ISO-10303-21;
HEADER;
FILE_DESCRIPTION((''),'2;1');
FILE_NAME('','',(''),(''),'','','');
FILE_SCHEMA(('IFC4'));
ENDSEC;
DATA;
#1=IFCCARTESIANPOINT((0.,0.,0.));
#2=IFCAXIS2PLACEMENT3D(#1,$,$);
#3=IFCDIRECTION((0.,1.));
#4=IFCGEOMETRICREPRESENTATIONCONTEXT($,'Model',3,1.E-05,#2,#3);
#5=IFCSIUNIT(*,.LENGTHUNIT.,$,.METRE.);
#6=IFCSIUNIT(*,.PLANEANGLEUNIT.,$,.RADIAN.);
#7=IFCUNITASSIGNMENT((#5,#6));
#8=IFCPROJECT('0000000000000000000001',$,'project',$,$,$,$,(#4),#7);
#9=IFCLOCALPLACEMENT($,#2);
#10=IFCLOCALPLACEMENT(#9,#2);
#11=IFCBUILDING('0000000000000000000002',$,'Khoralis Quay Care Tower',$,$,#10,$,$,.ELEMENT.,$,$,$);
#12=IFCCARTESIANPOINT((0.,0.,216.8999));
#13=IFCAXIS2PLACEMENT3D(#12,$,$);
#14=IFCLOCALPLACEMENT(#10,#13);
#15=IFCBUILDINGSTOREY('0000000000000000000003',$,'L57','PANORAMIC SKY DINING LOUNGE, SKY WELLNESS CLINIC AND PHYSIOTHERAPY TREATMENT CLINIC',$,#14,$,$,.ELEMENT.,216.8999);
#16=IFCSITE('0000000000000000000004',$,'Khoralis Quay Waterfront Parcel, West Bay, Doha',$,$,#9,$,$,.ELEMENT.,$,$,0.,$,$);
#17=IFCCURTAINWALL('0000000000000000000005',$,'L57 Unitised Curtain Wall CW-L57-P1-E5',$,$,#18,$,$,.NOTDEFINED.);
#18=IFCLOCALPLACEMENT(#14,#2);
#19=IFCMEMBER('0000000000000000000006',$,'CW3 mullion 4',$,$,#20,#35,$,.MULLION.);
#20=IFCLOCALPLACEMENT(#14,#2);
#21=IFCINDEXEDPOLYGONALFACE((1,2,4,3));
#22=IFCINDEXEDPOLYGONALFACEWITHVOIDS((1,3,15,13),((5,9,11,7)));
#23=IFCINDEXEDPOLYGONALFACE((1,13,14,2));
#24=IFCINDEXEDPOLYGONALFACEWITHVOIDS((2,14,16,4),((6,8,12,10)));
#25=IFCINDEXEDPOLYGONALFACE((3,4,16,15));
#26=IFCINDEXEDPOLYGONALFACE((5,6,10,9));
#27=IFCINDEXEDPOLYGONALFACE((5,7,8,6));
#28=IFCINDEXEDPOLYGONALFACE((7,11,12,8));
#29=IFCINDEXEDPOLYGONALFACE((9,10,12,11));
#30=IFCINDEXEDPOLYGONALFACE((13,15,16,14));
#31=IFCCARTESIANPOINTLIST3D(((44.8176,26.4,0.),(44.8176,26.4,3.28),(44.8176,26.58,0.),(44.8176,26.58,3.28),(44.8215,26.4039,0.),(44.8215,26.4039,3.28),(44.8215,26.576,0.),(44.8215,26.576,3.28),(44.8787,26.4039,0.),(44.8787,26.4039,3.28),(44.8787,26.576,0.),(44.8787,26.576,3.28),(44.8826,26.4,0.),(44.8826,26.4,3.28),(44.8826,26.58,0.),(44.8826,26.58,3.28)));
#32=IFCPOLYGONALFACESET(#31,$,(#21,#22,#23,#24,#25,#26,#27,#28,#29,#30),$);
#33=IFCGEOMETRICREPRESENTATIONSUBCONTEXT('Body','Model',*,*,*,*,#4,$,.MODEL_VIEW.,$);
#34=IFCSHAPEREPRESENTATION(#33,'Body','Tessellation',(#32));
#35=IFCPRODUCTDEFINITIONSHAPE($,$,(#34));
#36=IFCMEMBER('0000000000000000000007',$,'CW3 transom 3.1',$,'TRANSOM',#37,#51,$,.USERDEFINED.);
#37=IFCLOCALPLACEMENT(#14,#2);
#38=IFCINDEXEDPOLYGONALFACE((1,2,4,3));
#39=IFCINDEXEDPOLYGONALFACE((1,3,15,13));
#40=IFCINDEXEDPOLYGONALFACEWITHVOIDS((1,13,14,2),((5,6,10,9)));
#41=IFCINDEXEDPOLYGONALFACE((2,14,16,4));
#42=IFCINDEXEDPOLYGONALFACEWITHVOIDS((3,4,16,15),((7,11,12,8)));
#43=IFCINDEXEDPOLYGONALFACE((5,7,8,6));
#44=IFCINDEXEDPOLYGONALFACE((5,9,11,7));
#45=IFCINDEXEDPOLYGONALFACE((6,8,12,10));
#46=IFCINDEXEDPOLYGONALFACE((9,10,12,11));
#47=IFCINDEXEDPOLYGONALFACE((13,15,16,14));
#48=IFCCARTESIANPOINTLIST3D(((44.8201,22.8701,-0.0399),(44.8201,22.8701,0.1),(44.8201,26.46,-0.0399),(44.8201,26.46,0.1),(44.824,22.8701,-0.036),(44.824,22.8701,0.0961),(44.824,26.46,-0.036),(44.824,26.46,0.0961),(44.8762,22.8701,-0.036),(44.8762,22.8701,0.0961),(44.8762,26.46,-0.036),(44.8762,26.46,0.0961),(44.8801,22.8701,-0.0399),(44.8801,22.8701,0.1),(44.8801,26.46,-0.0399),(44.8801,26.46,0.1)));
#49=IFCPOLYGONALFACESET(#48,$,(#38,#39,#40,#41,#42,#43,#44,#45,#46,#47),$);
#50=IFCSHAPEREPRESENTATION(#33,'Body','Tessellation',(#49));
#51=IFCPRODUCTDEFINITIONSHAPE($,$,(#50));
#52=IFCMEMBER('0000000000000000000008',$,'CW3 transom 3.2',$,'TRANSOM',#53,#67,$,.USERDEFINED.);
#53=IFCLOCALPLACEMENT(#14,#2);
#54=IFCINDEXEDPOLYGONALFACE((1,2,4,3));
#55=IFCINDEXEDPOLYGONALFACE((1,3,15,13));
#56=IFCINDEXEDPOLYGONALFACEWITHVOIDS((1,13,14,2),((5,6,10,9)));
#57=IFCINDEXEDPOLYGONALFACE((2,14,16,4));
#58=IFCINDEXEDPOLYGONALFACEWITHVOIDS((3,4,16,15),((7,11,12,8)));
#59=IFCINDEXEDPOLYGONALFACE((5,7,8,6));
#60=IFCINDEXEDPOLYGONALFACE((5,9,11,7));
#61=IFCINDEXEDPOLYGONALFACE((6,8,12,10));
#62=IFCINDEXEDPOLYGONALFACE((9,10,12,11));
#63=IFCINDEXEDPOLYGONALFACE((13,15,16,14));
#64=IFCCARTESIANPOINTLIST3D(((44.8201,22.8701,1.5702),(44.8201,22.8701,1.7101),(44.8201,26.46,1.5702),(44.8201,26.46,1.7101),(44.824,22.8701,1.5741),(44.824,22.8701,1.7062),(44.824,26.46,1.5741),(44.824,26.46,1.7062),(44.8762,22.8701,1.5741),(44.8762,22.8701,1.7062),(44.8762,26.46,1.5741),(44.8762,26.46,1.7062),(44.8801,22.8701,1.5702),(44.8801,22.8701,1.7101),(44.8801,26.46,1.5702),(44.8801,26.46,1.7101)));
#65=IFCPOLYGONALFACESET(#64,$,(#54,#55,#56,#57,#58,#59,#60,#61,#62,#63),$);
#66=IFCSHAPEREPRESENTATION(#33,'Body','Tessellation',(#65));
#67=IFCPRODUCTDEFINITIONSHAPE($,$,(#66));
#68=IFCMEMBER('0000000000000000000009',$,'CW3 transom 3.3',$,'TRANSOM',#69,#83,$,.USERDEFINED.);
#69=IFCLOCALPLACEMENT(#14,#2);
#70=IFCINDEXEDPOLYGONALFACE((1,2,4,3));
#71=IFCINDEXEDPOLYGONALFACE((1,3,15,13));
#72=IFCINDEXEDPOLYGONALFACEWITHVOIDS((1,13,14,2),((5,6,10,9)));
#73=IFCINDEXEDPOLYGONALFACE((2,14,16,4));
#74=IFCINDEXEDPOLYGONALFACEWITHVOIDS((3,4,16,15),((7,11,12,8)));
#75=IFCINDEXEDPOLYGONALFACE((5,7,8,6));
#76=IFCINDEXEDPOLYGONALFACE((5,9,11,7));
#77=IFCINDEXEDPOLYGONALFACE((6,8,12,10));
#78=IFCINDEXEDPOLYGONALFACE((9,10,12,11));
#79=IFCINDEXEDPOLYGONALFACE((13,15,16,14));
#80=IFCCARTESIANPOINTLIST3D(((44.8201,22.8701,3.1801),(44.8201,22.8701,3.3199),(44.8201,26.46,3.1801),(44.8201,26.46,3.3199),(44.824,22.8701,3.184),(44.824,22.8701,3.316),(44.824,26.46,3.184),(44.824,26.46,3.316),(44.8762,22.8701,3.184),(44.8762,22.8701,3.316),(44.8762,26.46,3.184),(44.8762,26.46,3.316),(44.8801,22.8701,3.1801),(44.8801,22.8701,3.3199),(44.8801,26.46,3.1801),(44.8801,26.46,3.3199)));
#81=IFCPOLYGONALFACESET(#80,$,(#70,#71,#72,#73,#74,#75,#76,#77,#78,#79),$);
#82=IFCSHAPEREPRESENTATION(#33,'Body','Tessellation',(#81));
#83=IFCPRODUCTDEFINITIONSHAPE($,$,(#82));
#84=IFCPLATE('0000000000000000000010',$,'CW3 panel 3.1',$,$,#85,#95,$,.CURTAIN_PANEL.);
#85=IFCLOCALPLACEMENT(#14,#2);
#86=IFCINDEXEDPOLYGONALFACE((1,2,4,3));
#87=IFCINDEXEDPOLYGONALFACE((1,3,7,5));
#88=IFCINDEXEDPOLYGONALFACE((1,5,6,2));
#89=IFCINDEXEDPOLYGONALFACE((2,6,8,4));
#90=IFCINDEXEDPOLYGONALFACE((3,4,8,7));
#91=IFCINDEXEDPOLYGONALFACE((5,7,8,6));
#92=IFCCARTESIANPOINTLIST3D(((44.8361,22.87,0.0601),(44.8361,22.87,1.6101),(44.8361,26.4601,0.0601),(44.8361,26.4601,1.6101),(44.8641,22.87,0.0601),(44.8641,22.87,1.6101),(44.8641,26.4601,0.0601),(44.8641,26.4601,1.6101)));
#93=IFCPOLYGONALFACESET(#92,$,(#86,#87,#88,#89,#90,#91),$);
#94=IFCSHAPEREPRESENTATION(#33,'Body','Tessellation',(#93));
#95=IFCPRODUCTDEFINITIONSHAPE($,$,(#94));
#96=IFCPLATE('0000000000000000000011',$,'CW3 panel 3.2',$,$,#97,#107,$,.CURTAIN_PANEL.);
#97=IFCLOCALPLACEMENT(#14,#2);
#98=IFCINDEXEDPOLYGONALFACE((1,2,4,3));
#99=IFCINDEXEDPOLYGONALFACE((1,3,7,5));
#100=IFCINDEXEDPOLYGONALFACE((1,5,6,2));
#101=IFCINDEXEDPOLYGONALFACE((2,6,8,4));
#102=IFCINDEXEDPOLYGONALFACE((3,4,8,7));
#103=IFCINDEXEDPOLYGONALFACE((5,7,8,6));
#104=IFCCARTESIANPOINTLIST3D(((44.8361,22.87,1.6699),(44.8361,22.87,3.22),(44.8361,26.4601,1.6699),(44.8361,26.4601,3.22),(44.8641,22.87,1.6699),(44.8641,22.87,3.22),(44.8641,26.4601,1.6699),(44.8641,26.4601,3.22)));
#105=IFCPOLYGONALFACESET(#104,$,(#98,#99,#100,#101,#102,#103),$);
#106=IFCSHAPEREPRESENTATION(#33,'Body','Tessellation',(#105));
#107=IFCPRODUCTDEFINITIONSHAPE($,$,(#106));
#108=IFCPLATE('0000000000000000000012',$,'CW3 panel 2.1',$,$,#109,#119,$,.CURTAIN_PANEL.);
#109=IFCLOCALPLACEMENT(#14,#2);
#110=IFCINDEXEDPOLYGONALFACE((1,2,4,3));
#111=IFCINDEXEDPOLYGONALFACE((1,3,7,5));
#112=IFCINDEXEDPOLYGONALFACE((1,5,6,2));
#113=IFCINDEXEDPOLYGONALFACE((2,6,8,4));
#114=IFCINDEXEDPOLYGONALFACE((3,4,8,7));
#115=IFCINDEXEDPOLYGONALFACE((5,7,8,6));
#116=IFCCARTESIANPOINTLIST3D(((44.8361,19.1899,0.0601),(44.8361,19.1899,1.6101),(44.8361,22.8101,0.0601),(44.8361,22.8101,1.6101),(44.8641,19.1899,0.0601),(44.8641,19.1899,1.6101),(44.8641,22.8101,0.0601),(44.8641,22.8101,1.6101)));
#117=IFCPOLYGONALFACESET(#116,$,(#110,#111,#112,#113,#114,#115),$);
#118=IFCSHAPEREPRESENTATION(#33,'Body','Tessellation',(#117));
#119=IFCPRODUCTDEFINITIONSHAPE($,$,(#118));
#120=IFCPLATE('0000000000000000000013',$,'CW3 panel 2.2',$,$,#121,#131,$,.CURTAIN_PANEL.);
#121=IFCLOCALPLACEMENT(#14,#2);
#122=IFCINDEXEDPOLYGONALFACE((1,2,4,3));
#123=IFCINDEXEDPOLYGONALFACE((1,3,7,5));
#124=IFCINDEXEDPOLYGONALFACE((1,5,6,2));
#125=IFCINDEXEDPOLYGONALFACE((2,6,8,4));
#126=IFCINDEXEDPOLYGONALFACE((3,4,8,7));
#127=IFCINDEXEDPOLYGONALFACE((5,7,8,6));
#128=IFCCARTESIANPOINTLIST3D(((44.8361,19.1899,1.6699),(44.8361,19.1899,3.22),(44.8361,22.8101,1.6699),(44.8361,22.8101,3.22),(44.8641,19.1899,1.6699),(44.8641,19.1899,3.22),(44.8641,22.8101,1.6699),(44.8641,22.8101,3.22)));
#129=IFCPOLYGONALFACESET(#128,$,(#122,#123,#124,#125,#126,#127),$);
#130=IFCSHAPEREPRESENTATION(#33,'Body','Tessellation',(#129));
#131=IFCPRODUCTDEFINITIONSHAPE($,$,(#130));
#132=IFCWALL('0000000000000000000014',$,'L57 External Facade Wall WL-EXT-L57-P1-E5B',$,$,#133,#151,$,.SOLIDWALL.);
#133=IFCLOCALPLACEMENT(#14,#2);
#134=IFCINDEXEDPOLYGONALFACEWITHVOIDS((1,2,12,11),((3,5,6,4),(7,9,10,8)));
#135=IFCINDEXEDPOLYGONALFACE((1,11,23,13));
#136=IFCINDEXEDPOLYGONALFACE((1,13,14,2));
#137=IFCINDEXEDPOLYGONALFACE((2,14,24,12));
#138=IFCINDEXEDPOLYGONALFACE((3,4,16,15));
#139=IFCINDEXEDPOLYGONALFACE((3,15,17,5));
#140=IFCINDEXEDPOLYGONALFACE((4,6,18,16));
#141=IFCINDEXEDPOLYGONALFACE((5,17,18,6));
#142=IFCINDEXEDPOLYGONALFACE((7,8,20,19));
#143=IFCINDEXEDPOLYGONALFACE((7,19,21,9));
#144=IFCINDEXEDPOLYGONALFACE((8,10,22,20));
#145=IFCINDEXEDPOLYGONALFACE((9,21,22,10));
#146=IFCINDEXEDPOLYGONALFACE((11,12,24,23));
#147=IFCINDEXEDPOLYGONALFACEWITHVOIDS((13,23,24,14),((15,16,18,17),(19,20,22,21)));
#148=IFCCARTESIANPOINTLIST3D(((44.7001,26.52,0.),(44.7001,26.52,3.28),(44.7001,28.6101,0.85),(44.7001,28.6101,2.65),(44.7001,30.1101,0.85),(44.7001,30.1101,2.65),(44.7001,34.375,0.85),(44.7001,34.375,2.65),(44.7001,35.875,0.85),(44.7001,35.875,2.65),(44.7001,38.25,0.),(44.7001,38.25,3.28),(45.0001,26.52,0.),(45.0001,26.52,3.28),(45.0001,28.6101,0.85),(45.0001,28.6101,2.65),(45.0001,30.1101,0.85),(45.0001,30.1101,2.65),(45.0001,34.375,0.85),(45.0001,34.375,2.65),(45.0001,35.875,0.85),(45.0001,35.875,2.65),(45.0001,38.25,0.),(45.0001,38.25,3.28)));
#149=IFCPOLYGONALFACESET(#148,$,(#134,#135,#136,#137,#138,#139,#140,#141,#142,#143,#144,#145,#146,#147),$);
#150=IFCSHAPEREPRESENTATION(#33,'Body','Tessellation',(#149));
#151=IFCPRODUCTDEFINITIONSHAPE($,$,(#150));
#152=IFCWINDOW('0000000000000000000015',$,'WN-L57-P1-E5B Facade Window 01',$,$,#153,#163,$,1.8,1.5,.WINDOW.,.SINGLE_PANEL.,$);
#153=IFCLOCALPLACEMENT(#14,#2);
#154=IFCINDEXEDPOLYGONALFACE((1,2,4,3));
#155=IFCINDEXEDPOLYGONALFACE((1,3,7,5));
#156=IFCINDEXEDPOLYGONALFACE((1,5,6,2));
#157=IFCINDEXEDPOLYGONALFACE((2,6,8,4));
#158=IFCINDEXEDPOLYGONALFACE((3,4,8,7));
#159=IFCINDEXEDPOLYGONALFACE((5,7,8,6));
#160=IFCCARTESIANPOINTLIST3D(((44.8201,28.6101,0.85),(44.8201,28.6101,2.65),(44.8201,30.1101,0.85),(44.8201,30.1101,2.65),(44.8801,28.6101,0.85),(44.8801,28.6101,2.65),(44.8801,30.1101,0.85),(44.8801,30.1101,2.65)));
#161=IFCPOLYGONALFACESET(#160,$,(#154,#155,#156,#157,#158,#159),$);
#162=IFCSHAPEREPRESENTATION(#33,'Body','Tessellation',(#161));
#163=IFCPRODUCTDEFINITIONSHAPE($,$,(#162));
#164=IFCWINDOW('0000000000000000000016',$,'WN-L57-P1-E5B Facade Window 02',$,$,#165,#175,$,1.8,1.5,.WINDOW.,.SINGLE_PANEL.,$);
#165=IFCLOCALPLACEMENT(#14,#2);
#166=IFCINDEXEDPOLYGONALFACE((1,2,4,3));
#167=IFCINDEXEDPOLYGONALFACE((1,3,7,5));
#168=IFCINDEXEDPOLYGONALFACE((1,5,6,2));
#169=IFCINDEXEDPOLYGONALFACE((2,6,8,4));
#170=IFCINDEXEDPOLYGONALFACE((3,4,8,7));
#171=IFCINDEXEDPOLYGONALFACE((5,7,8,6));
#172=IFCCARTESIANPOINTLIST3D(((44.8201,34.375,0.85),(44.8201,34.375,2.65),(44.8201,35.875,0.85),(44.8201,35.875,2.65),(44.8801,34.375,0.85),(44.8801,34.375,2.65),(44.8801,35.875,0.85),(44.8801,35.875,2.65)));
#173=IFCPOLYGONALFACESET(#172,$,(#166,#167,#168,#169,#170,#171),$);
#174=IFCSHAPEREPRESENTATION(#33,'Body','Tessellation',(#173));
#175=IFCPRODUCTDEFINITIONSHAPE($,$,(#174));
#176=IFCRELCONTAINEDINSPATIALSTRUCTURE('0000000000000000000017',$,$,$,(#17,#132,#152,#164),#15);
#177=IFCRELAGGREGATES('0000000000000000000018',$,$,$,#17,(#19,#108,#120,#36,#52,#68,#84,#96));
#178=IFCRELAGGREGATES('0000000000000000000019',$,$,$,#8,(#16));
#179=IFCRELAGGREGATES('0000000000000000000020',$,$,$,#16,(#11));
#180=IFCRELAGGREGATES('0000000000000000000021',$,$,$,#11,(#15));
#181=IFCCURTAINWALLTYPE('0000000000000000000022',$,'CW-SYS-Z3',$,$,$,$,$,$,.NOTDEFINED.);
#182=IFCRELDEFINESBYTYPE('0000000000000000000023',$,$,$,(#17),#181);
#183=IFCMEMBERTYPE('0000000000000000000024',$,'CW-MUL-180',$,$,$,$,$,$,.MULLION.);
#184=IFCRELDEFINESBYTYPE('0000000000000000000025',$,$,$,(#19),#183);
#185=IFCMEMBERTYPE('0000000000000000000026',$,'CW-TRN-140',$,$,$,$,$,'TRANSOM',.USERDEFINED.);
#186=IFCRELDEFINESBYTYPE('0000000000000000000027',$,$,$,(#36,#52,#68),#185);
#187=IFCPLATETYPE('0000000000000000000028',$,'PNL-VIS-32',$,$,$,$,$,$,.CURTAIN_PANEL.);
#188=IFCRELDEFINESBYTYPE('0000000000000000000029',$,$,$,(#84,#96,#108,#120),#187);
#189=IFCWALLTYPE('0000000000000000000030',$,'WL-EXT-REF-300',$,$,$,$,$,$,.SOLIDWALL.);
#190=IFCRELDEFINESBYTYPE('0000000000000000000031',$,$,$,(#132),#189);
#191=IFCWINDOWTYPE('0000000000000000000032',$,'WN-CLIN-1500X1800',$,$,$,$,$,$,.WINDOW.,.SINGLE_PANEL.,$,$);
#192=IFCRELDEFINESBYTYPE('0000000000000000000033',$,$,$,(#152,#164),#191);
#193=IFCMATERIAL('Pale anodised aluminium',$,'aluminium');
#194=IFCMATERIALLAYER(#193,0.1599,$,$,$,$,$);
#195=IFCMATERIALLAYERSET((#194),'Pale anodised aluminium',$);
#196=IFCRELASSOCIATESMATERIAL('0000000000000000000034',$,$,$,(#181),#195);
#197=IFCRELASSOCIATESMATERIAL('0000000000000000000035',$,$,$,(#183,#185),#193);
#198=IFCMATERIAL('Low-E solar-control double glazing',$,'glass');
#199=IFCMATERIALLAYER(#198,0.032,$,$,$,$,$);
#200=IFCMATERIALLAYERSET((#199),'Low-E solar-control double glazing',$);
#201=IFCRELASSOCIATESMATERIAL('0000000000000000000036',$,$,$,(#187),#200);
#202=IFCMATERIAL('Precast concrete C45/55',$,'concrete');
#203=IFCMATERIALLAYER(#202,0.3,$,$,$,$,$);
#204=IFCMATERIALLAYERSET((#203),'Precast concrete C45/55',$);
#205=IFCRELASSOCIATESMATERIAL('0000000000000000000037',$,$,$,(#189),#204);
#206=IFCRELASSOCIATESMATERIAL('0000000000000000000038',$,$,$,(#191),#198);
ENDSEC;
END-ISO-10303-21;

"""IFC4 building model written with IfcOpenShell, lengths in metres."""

from ifc_helpers import new_model, si_unit, direction, frame, frame_2d, origin, origin_2d, place, context, subcontext, project, spatial, rectangle, hollow_rectangle, extrude, source, transform, mapped, material, layer, layer_set, material_profile, profile_set, type_object, element, fill, aggregate, save


model = new_model("IFC4")

# Units and contexts
model_context = context("Model", 3, precision=1e-05, world=origin(), true_north=direction((0.0, 1.0)))
body_context = subcontext(model_context, "Body", "Model", "MODEL_VIEW")
ifc_project = project(units=[si_unit("LENGTHUNIT", "METRE"), si_unit("PLANEANGLEUNIT", "RADIAN")], contexts=[model_context])

# Site, building, storey
site_placement = place(None, origin())
site = spatial("IfcSite", under=ifc_project, at=site_placement, Name="Khoralis Quay Waterfront Parcel, West Bay, Doha", CompositionType="ELEMENT", RefElevation=0.0)
building_placement = place(site_placement, origin())
building = spatial("IfcBuilding", under=site, at=building_placement, Name="Khoralis Quay Care Tower", CompositionType="ELEMENT")
storey_placement = place(building_placement, frame((0.0, 0.0, 216.8999)))
storey = spatial("IfcBuildingStorey", under=building, at=storey_placement, Name="L57", Description="PANORAMIC SKY DINING LOUNGE, SKY WELLNESS CLINIC AND PHYSIOTHERAPY TREATMENT CLINIC", CompositionType="ELEMENT", Elevation=216.8999)

# Curtain wall, members, plates
ifc_material_1 = material(Name="Pale anodised aluminium", Category="aluminium")
ifc_layer_1 = layer(ifc_material_1, 0.1599)
ifc_layer_set_1 = layer_set([ifc_layer_1], Name="Pale anodised aluminium")
curtain_wall_type = type_object("IfcCurtainWallType", Name="CW-SYS-Z3", PredefinedType="NOTDEFINED", material=ifc_layer_set_1)
curtain_wall_placement = place(storey_placement, origin())
curtain_wall = element("IfcCurtainWall", 1, at=curtain_wall_placement, inside=storey, type_object=curtain_wall_type, Name="L57 Unitised Curtain Wall CW-L57-P1-E5", PredefinedType="NOTDEFINED")
ifc_material_profile_1 = material_profile(ifc_material_1, hollow_rectangle(XDim=0.0649, YDim=0.1799, WallThickness=0.0039, at=origin_2d()), Name="Pale anodised aluminium")
ifc_profile_set_1 = profile_set([ifc_material_profile_1], Name="Pale anodised aluminium")
member_type_1 = type_object("IfcMemberType", Name="CW-MUL-180", PredefinedType="MULLION", material=ifc_profile_set_1)
shared_shape_1 = source(origin(), body_context, "Body", "SweptSolid", [
    extrude(hollow_rectangle(XDim=0.0649, YDim=0.1799, WallThickness=0.0039, at=origin_2d()), origin(), (0.0, 0.0, 1.0), 3.28),
])
member_1_placement = place(storey_placement, frame((44.8501, 26.49, 0.0), z_axis=(0.0, 0.0, 1.0), x_axis=(-1.0, 0.0, 0.0)))
member_1 = element("IfcMember", 2, at=member_1_placement, type_object=member_type_1, Name="CW3 mullion 4", PredefinedType="MULLION", context=body_context, shape_type="MappedRepresentation", body=[
    mapped(shared_shape_1, transform((0.0, 0.0, 0.0), scale=1.0)),
])
ifc_material_profile_2 = material_profile(ifc_material_1, hollow_rectangle(XDim=0.0601, YDim=0.1399, WallThickness=0.0039, at=origin_2d()), Name="Pale anodised aluminium")
ifc_profile_set_2 = profile_set([ifc_material_profile_2], Name="Pale anodised aluminium")
member_type_2 = type_object("IfcMemberType", Name="CW-TRN-140", ElementType="TRANSOM", PredefinedType="USERDEFINED", material=ifc_profile_set_2)
shared_shape_2 = source(origin(), body_context, "Body", "SweptSolid", [
    extrude(hollow_rectangle(XDim=0.0601, YDim=0.1399, WallThickness=0.0039, at=origin_2d()), origin(), (0.0, 0.0, 1.0), 3.5898),
])
member_2_placement = place(storey_placement, frame((44.8501, 22.8701, 0.03), z_axis=(0.0, 1.0, 0.0), x_axis=(-1.0, 0.0, 0.0)))
member_2 = element("IfcMember", 3, at=member_2_placement, type_object=member_type_2, Name="CW3 transom 3.1", ObjectType="TRANSOM", PredefinedType="USERDEFINED", context=body_context, shape_type="MappedRepresentation", body=[
    mapped(shared_shape_2, transform((0.0, 0.0, 0.0), scale=1.0)),
])
member_3_placement = place(storey_placement, frame((44.8501, 22.8701, 1.6401), z_axis=(0.0, 1.0, 0.0), x_axis=(-1.0, 0.0, 0.0)))
member_3 = element("IfcMember", 4, at=member_3_placement, type_object=member_type_2, Name="CW3 transom 3.2", ObjectType="TRANSOM", PredefinedType="USERDEFINED", context=body_context, shape_type="MappedRepresentation", body=[
    mapped(shared_shape_2, transform((0.0, 0.0, 0.0), scale=1.0)),
])
member_4_placement = place(storey_placement, frame((44.8501, 22.8701, 3.25), z_axis=(0.0, 1.0, 0.0), x_axis=(-1.0, 0.0, 0.0)))
member_4 = element("IfcMember", 5, at=member_4_placement, type_object=member_type_2, Name="CW3 transom 3.3", ObjectType="TRANSOM", PredefinedType="USERDEFINED", context=body_context, shape_type="MappedRepresentation", body=[
    mapped(shared_shape_2, transform((0.0, 0.0, 0.0), scale=1.0)),
])
ifc_material_2 = material(Name="Low-E solar-control double glazing", Category="glass")
ifc_layer_2 = layer(ifc_material_2, 0.032)
ifc_layer_set_2 = layer_set([ifc_layer_2], Name="Low-E solar-control double glazing")
plate_type = type_object("IfcPlateType", Name="PNL-VIS-32", PredefinedType="CURTAIN_PANEL", material=ifc_layer_set_2)
shared_shape_3 = source(origin(), body_context, "Body", "SweptSolid", [
    extrude(rectangle(XDim=3.5901, YDim=0.0281, at=origin_2d()), origin(), (0.0, 0.0, 1.0), 1.55),
])
plate_1_placement = place(storey_placement, frame((44.8501, 24.665, 0.0601), z_axis=(0.0, 0.0, 1.0), x_axis=(0.0, 1.0, 0.0)))
plate_1 = element("IfcPlate", 6, at=plate_1_placement, type_object=plate_type, Name="CW3 panel 3.1", PredefinedType="CURTAIN_PANEL", context=body_context, shape_type="MappedRepresentation", body=[
    mapped(shared_shape_3, transform((0.0, 0.0, 0.0), scale=1.0)),
])
plate_2_placement = place(storey_placement, frame((44.8501, 24.665, 1.6699), z_axis=(0.0, 0.0, 1.0), x_axis=(0.0, 1.0, 0.0)))
plate_2 = element("IfcPlate", 7, at=plate_2_placement, type_object=plate_type, Name="CW3 panel 3.2", PredefinedType="CURTAIN_PANEL", context=body_context, shape_type="MappedRepresentation", body=[
    mapped(shared_shape_3, transform((0.0, 0.0, 0.0), scale=1.0)),
])
shared_shape_4 = source(origin(), body_context, "Body", "SweptSolid", [
    extrude(rectangle(XDim=3.6201, YDim=0.0281, at=origin_2d()), origin(), (0.0, 0.0, 1.0), 1.55),
])
plate_3_placement = place(storey_placement, frame((44.8501, 21.0, 0.0601), z_axis=(0.0, 0.0, 1.0), x_axis=(0.0, 1.0, 0.0)))
plate_3 = element("IfcPlate", 8, at=plate_3_placement, type_object=plate_type, Name="CW3 panel 2.1", PredefinedType="CURTAIN_PANEL", context=body_context, shape_type="MappedRepresentation", body=[
    mapped(shared_shape_4, transform((0.0, 0.0, 0.0), scale=1.0)),
])
plate_4_placement = place(storey_placement, frame((44.8501, 21.0, 1.6699), z_axis=(0.0, 0.0, 1.0), x_axis=(0.0, 1.0, 0.0)))
plate_4 = element("IfcPlate", 9, at=plate_4_placement, type_object=plate_type, Name="CW3 panel 2.2", PredefinedType="CURTAIN_PANEL", context=body_context, shape_type="MappedRepresentation", body=[
    mapped(shared_shape_4, transform((0.0, 0.0, 0.0), scale=1.0)),
])
aggregate(curtain_wall, [member_1, plate_3, plate_4, member_2, member_3, member_4, plate_1, plate_2])

# Wall, openings, windows
ifc_material_3 = material(Name="Precast concrete C45/55", Category="concrete")
ifc_layer_3 = layer(ifc_material_3, 0.3)
ifc_layer_set_3 = layer_set([ifc_layer_3], Name="Precast concrete C45/55")
wall_type_1 = type_object("IfcWallType", Name="WL-EXT-REF-300", PredefinedType="SOLIDWALL", material=ifc_layer_set_3)
wall_1_placement = place(storey_placement, frame((44.8501, 26.52, 0.0), z_axis=(0.0, 0.0, 1.0), x_axis=(0.0, 1.0, 0.0)))
wall_1 = element("IfcWall", 10, at=wall_1_placement, inside=storey, type_object=wall_type_1, Name="L57 External Facade Wall WL-EXT-L57-P1-E5B", PredefinedType="SOLIDWALL", context=body_context, shape_type="SweptSolid", body=[
    extrude(rectangle(XDim=11.73, YDim=0.3, at=frame_2d((5.865, 0.0))), origin(), (0.0, 0.0, 1.0), 3.28),
])
opening_1_placement = place(wall_1_placement, frame((2.0901, 0.0, 0.8501)))
opening_1 = element("IfcOpeningElement", 11, at=opening_1_placement, cuts=wall_1, PredefinedType="OPENING", context=body_context, shape_type="SweptSolid", body=[
    extrude(rectangle(XDim=1.5, YDim=1.8, at=frame_2d((0.75, 0.8999))), frame((0.0, 0.1602, 0.0), z_axis=(0.0, -1.0, 0.0), x_axis=(1.0, 0.0, 0.0)), (0.0, 0.0, 1.0), 0.3201),
])
opening_2_placement = place(wall_1_placement, frame((7.855, 0.0, 0.8501)))
opening_2 = element("IfcOpeningElement", 12, at=opening_2_placement, cuts=wall_1, PredefinedType="OPENING", context=body_context, shape_type="SweptSolid", body=[
    extrude(rectangle(XDim=1.5, YDim=1.8, at=frame_2d((0.75, 0.8999))), frame((0.0, 0.1602, 0.0), z_axis=(0.0, -1.0, 0.0), x_axis=(1.0, 0.0, 0.0)), (0.0, 0.0, 1.0), 0.3201),
])
window_type = type_object("IfcWindowType", Name="WN-CLIN-1500X1800", PartitioningType="SINGLE_PANEL", PredefinedType="WINDOW", material=ifc_material_2)
shared_shape_5 = source(origin(), body_context, "Body", "SweptSolid", [
    extrude(rectangle(XDim=1.5, YDim=1.8, at=frame_2d((0.75, 0.8999))), frame((0.0, 0.03, 0.0), z_axis=(0.0, -1.0, 0.0), x_axis=(1.0, 0.0, 0.0)), (0.0, 0.0, 1.0), 0.0601),
])
window_1_placement = place(opening_1_placement, origin())
window_1 = element("IfcWindow", 13, at=window_1_placement, inside=storey, type_object=window_type, Name="WN-L57-P1-E5B Facade Window 01", OverallHeight=1.8, OverallWidth=1.5, PartitioningType="SINGLE_PANEL", PredefinedType="WINDOW", context=body_context, shape_type="MappedRepresentation", body=[
    mapped(shared_shape_5, transform((0.0, 0.0, 0.0), scale=1.0)),
])
fill(opening_1, window_1)
window_2_placement = place(opening_2_placement, origin())
window_2 = element("IfcWindow", 14, at=window_2_placement, inside=storey, type_object=window_type, Name="WN-L57-P1-E5B Facade Window 02", OverallHeight=1.8, OverallWidth=1.5, PartitioningType="SINGLE_PANEL", PredefinedType="WINDOW", context=body_context, shape_type="MappedRepresentation", body=[
    mapped(shared_shape_5, transform((0.0, 0.0, 0.0), scale=1.0)),
])
fill(opening_2, window_2)

save(model, "model.ifc")
